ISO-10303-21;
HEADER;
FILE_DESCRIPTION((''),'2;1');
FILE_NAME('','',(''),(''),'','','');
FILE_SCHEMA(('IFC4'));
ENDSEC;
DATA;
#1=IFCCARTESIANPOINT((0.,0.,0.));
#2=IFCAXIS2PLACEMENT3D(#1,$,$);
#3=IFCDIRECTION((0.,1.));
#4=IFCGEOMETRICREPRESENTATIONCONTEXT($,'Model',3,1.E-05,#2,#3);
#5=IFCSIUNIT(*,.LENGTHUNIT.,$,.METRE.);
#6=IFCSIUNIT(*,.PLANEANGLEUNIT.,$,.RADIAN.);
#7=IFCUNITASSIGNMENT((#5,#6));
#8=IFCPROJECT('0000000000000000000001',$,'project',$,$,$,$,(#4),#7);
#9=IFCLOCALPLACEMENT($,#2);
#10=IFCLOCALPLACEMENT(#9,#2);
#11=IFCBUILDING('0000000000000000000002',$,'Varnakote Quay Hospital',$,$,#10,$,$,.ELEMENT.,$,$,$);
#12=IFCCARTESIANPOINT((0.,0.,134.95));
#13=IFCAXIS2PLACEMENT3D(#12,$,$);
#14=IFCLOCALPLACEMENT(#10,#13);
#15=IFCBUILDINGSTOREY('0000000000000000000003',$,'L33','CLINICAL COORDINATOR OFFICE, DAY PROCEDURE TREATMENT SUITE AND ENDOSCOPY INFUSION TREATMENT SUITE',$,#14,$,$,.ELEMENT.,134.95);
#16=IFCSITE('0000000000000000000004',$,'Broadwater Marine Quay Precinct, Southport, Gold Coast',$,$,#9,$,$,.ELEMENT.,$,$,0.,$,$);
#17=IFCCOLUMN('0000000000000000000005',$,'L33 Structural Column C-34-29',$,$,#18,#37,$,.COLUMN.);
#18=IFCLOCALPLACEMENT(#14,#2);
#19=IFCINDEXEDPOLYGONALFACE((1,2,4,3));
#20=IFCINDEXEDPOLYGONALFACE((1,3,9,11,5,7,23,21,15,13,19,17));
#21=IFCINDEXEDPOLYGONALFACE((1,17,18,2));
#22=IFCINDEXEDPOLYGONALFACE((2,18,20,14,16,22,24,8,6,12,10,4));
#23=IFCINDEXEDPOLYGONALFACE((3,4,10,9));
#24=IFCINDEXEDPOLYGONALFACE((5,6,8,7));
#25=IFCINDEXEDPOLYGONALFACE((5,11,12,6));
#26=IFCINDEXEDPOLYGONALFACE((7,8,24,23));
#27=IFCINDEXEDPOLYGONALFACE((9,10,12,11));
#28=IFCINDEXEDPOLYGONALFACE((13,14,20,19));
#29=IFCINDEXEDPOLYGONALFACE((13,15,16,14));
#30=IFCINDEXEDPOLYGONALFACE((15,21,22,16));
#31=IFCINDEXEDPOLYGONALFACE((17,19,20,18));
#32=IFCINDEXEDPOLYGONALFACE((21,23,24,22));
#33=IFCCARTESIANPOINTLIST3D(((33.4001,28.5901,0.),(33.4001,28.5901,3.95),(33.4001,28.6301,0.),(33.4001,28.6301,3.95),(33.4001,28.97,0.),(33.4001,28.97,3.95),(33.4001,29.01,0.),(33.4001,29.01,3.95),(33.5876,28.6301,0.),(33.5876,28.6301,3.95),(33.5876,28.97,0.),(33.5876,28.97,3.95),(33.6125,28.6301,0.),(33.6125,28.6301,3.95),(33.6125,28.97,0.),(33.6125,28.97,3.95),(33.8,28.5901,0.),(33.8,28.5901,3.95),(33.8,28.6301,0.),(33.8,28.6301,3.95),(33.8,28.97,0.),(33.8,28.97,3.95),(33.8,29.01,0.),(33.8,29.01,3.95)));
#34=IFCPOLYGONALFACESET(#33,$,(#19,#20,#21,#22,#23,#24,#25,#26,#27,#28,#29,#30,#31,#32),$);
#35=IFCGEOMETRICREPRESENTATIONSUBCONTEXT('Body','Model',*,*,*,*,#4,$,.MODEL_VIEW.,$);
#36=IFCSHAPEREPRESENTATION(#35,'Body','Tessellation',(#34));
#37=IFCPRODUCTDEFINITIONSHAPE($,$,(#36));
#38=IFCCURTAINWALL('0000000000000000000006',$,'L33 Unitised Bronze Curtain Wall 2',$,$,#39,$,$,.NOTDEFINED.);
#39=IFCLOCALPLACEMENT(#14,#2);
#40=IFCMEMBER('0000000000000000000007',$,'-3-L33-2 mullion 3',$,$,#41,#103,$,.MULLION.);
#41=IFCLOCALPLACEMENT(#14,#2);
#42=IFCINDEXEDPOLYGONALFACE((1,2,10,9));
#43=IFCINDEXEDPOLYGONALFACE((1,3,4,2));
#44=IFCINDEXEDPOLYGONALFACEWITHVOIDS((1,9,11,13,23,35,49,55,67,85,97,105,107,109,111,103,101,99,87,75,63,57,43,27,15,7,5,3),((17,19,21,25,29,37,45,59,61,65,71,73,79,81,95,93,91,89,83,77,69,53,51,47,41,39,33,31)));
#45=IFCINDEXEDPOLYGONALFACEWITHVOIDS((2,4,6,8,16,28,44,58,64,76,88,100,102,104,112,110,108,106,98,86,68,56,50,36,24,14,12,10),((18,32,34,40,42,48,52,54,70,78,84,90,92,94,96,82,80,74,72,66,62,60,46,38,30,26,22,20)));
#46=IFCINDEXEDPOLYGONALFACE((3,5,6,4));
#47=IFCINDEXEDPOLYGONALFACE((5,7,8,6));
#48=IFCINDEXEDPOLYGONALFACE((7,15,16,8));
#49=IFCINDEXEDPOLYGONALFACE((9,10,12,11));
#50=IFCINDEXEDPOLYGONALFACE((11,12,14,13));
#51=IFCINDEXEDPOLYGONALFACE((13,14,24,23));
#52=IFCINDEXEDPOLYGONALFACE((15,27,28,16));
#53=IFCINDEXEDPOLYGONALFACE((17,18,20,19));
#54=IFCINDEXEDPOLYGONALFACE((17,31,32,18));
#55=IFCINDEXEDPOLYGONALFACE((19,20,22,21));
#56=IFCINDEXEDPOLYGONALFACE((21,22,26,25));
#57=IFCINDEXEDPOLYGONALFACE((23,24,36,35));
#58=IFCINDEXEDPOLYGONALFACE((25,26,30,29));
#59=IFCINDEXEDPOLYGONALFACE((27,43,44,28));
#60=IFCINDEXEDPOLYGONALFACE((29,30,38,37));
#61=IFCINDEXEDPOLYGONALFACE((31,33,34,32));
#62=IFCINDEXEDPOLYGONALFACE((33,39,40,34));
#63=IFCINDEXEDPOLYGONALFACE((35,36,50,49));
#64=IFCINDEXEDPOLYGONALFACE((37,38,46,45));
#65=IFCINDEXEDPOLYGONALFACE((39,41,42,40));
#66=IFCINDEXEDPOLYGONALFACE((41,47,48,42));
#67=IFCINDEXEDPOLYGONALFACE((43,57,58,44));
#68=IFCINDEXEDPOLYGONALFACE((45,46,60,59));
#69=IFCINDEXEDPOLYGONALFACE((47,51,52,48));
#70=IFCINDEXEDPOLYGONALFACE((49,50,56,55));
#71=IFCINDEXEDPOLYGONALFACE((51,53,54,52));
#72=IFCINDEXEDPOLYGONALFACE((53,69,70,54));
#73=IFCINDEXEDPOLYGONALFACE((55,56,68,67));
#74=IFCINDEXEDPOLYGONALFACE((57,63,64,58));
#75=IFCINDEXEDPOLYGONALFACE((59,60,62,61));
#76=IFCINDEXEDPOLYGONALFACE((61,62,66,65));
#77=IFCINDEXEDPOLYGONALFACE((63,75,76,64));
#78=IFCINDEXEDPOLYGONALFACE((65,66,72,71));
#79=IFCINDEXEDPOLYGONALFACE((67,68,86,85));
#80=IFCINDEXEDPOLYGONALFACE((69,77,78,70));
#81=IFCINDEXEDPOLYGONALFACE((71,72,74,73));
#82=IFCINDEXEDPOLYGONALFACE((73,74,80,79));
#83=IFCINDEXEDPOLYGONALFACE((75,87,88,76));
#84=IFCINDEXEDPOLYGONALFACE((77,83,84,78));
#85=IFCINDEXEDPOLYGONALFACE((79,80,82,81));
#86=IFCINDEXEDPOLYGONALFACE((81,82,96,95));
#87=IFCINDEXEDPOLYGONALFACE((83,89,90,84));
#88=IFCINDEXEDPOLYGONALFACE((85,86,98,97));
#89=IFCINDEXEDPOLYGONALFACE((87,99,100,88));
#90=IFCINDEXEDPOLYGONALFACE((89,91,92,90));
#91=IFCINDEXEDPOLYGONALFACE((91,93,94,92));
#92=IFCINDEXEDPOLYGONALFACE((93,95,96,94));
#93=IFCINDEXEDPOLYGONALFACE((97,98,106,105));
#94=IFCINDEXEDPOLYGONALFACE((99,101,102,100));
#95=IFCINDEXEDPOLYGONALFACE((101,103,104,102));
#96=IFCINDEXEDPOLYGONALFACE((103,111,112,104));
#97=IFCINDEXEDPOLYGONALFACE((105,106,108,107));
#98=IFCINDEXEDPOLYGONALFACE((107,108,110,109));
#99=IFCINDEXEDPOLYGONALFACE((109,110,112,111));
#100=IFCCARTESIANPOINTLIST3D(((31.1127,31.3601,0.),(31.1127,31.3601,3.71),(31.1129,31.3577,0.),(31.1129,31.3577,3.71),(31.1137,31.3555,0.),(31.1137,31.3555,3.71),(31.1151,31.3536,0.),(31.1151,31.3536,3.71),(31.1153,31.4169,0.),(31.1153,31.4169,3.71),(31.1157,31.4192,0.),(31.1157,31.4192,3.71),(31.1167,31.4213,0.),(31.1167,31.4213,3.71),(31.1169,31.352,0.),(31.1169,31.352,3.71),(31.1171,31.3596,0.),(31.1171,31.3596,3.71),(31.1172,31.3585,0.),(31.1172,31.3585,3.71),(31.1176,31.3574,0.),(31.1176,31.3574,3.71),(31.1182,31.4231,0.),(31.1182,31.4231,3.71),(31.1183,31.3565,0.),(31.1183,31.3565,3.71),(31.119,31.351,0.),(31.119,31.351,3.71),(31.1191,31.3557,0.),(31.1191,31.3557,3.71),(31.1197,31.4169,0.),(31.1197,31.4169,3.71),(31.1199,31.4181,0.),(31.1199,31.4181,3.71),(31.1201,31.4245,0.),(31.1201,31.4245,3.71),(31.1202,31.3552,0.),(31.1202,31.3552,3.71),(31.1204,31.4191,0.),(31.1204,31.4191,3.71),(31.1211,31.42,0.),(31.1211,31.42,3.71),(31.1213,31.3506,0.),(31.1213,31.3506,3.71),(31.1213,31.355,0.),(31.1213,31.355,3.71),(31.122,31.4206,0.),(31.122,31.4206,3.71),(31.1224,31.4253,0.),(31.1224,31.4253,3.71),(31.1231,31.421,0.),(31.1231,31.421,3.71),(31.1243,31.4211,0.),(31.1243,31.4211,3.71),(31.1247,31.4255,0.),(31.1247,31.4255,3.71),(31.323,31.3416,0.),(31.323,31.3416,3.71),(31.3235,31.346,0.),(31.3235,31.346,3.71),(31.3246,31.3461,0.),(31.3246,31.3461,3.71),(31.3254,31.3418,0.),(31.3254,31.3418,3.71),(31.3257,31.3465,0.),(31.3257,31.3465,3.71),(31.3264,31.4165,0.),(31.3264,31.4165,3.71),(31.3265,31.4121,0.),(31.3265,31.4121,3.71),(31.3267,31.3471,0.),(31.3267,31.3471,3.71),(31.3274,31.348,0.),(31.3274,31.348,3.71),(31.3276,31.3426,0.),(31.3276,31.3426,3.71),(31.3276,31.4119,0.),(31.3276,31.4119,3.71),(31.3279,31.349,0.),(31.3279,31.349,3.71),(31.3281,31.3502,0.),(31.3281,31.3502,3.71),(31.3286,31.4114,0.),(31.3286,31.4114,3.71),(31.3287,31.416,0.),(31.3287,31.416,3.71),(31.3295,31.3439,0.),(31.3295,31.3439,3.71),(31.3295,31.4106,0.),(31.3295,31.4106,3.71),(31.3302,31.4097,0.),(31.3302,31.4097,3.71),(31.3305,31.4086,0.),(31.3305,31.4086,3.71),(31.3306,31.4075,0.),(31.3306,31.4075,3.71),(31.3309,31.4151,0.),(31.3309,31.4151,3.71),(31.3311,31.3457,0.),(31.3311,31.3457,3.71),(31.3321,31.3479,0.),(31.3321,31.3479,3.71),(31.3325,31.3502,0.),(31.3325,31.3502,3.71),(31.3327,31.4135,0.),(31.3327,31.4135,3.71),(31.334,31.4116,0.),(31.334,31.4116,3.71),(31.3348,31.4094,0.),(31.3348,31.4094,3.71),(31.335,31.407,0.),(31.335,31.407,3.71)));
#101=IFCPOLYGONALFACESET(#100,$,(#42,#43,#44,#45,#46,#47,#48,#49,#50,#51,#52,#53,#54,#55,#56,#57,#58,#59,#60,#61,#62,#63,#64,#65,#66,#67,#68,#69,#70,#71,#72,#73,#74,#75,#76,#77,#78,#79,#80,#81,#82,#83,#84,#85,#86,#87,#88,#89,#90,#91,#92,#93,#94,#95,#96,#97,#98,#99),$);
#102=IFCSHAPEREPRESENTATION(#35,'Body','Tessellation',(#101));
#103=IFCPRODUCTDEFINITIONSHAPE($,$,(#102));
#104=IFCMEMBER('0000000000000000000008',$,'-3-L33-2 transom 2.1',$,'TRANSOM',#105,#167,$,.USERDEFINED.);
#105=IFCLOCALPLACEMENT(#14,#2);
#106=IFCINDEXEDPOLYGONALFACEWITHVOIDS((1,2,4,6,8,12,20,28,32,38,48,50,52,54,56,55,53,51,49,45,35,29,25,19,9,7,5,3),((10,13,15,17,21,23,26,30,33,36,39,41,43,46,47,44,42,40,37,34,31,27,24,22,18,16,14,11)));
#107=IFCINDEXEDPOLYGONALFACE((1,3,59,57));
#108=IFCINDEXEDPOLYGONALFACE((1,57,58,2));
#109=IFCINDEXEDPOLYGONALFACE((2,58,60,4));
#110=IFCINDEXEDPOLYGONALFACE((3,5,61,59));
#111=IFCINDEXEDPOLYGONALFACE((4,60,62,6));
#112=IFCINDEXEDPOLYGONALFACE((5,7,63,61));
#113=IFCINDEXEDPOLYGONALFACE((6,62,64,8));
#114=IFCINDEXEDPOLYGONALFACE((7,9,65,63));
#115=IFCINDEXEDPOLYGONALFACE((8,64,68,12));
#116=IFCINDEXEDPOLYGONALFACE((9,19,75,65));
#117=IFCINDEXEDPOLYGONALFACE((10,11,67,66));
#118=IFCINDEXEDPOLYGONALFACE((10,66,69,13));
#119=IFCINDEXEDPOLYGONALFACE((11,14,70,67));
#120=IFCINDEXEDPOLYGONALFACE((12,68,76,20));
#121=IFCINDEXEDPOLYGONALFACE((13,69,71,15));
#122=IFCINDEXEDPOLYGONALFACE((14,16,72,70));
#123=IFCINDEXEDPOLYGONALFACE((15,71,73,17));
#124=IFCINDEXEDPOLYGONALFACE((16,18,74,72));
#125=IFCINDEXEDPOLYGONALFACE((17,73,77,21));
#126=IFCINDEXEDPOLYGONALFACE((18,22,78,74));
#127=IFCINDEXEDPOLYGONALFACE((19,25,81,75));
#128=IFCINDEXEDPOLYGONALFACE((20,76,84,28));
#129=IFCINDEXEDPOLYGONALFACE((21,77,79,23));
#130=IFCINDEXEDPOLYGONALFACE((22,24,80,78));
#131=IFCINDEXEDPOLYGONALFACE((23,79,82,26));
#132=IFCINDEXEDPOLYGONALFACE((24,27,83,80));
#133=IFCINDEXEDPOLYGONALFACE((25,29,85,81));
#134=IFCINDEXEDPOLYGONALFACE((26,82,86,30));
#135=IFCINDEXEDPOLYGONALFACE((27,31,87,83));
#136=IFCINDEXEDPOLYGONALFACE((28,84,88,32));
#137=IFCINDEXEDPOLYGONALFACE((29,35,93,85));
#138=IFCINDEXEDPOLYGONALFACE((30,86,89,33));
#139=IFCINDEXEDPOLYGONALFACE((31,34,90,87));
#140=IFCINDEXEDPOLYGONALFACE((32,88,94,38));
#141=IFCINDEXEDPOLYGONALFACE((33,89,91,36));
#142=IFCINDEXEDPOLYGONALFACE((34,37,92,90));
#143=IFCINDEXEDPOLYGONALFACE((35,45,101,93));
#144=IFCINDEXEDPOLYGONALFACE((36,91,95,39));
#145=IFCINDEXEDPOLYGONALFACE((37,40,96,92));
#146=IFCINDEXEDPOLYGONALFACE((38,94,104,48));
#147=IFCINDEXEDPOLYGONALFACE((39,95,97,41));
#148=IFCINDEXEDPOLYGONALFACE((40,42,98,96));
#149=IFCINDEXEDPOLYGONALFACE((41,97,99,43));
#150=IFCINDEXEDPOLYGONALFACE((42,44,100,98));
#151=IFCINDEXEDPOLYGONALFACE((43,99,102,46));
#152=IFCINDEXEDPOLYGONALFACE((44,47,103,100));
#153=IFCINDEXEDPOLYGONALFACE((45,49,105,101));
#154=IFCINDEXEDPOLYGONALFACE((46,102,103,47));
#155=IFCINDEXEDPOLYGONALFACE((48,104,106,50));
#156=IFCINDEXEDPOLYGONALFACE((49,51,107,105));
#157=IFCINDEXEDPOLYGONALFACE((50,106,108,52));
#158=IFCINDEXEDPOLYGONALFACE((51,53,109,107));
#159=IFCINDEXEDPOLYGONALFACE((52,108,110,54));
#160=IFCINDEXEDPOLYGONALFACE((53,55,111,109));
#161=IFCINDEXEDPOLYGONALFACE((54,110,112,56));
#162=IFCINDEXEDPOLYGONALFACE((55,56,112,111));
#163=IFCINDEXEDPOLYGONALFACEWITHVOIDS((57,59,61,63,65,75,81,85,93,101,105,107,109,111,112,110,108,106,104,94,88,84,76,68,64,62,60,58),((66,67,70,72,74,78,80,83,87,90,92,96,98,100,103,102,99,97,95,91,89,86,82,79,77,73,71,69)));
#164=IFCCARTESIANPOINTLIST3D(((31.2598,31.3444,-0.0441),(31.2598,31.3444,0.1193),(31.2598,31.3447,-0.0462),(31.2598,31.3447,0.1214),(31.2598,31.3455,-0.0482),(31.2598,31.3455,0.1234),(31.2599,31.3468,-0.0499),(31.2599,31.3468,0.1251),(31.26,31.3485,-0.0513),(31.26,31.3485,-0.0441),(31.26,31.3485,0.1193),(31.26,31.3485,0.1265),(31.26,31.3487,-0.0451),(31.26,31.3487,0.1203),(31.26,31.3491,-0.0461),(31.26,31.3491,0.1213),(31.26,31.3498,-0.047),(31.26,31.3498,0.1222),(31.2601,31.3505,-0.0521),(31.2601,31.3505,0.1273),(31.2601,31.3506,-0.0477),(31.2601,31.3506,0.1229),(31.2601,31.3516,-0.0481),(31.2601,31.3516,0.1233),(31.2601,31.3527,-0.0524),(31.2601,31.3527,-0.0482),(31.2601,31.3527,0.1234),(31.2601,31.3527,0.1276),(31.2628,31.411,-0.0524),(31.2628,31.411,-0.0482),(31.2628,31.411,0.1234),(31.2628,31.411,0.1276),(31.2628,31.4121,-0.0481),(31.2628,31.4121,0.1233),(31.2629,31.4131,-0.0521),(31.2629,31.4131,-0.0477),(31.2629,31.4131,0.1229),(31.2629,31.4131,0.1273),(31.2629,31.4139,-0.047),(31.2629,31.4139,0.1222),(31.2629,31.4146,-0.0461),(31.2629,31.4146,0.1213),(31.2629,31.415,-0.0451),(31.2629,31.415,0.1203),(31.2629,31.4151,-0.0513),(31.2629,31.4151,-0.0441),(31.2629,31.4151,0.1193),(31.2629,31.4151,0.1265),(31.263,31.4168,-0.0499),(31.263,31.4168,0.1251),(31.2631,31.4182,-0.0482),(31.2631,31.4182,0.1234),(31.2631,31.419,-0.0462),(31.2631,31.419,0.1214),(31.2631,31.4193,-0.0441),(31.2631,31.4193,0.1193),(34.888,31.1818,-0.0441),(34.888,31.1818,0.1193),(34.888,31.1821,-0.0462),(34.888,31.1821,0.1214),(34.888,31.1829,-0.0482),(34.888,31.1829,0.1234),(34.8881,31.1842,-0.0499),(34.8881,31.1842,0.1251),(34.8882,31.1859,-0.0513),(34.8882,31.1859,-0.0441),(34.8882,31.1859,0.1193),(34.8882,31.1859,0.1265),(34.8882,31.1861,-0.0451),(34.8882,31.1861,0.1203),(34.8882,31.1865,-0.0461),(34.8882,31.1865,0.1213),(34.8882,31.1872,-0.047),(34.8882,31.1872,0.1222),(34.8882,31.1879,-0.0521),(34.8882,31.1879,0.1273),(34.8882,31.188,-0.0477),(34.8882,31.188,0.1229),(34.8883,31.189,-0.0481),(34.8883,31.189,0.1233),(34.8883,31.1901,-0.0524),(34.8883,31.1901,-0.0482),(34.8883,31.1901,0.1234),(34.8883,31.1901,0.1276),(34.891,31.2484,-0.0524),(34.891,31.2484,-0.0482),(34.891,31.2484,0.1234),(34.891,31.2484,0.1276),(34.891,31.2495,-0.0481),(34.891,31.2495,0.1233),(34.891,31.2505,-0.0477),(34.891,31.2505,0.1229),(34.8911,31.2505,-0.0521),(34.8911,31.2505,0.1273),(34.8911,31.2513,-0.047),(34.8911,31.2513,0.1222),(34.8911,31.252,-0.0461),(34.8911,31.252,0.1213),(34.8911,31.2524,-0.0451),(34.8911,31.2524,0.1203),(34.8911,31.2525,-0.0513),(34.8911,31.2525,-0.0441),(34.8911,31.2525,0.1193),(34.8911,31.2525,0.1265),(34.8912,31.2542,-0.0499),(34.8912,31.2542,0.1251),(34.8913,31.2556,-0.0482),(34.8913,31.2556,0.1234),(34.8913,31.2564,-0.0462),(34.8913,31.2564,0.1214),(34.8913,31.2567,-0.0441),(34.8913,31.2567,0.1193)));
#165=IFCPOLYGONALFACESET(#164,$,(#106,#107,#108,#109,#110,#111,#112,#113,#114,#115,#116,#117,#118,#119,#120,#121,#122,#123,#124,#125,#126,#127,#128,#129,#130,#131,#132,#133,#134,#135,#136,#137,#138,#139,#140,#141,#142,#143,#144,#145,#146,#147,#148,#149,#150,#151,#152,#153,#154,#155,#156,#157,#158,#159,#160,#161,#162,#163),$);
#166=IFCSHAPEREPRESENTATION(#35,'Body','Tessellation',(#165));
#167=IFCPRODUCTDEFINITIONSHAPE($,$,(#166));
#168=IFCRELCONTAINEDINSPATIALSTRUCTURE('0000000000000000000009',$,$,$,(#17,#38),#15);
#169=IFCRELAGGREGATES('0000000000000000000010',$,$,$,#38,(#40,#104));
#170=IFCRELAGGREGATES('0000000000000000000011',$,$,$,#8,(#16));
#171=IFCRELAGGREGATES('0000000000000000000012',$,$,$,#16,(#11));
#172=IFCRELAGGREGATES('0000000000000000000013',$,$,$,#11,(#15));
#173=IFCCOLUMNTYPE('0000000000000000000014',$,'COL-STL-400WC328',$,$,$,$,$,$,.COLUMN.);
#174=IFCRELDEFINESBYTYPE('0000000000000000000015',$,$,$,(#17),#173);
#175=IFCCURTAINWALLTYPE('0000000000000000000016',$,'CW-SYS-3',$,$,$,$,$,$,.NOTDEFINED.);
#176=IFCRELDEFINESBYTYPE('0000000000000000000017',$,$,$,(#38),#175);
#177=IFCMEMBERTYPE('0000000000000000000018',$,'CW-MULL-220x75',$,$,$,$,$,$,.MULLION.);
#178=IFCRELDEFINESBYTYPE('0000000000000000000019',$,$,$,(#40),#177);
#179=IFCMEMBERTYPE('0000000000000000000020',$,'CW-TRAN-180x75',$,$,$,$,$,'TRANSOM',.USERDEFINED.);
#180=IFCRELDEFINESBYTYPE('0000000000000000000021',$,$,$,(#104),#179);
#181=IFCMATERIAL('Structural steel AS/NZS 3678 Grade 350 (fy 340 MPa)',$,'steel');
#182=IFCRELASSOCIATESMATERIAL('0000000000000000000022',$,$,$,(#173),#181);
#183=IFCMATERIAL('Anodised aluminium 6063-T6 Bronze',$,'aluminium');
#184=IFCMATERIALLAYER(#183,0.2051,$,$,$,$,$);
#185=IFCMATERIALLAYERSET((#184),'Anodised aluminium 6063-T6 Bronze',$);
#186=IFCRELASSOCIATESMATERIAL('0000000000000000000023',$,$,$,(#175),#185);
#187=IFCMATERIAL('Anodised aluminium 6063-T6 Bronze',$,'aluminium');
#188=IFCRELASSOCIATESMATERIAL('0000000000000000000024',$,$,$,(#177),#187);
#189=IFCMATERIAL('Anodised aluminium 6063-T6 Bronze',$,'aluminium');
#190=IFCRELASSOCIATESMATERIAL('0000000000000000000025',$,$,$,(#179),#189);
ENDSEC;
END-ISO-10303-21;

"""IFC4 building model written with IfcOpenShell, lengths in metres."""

from ifc_helpers import new_model, si_unit, direction, frame, origin, origin_2d, place, context, subcontext, project, spatial, hollow_rectangle, i_section, extrude, material, layer, layer_set, material_profile, profile_set, type_object, element, aggregate, save


model = new_model("IFC4")

# Units and contexts
model_context = context("Model", 3, precision=1e-05, world=origin(), true_north=direction((0.0, 1.0)))
body_context = subcontext(model_context, "Body", "Model", "MODEL_VIEW")
ifc_project = project(units=[si_unit("LENGTHUNIT", "METRE"), si_unit("PLANEANGLEUNIT", "RADIAN")], contexts=[model_context])

# Site, building, storey
site_placement = place(None, origin())
site = spatial("IfcSite", under=ifc_project, at=site_placement, Name="Broadwater Marine Quay Precinct, Southport, Gold Coast", CompositionType="ELEMENT", RefElevation=0.0)
building_placement = place(site_placement, origin())
building = spatial("IfcBuilding", under=site, at=building_placement, Name="Varnakote Quay Hospital", CompositionType="ELEMENT")
storey_placement = place(building_placement, frame((0.0, 0.0, 134.95)))
storey = spatial("IfcBuildingStorey", under=building, at=storey_placement, Name="L33", Description="CLINICAL COORDINATOR OFFICE, DAY PROCEDURE TREATMENT SUITE AND ENDOSCOPY INFUSION TREATMENT SUITE", CompositionType="ELEMENT", Elevation=134.95)

# Column
ifc_material_1 = material(Name="Structural steel AS/NZS 3678 Grade 350 (fy 340 MPa)", Category="steel")
ifc_material_profile_1 = material_profile(ifc_material_1, i_section(OverallWidth=0.3999, OverallDepth=0.4199, WebThickness=0.0249, FlangeThickness=0.04, at=origin_2d()), Name="400WC328")
ifc_profile_set_1 = profile_set([ifc_material_profile_1], Name="Structural steel AS/NZS 3678 Grade 350 (fy 340 MPa)")
column_type = type_object("IfcColumnType", Name="COL-STL-400WC328", PredefinedType="COLUMN", material=ifc_profile_set_1)
column_placement = place(storey_placement, frame((33.6001, 28.8, 0.0), z_axis=(0.0, 0.0, 1.0), x_axis=(1.0, 0.0, 0.0)))
element("IfcColumn", 1, at=column_placement, inside=storey, type_object=column_type, Name="L33 Structural Column C-34-29", PredefinedType="COLUMN", context=body_context, shape_type="SweptSolid", body=[
    extrude(i_section(OverallWidth=0.3999, OverallDepth=0.4199, WebThickness=0.0249, FlangeThickness=0.04, at=origin_2d()), origin(), (0.0, 0.0, 1.0), 3.95),
])

# Curtain wall, members
ifc_material_2 = material(Name="Anodised aluminium 6063-T6 Bronze", Category="aluminium")
ifc_layer_1 = layer(ifc_material_2, 0.2051)
ifc_layer_set_1 = layer_set([ifc_layer_1], Name="Anodised aluminium 6063-T6 Bronze")
curtain_wall_type = type_object("IfcCurtainWallType", Name="CW-SYS-3", PredefinedType="NOTDEFINED", material=ifc_layer_set_1)
curtain_wall_placement = place(storey_placement, origin())
curtain_wall = element("IfcCurtainWall", 2, at=curtain_wall_placement, inside=storey, type_object=curtain_wall_type, Name="L33 Unitised Bronze Curtain Wall 2", PredefinedType="NOTDEFINED")
ifc_material_3 = material(Name="Anodised aluminium 6063-T6 Bronze", Category="aluminium")
ifc_material_profile_2 = material_profile(ifc_material_3, hollow_rectangle(XDim=0.075, YDim=0.22, WallThickness=0.0044, InnerFilletRadius=0.0044, OuterFilletRadius=0.009, at=origin_2d()), Name="CW-MULL-220x75")
ifc_profile_set_2 = profile_set([ifc_material_profile_2], Name="Anodised aluminium 6063-T6 Bronze")
member_type_1 = type_object("IfcMemberType", Name="CW-MULL-220x75", PredefinedType="MULLION", material=ifc_profile_set_2)
member_1_placement = place(storey_placement, frame((31.2239, 31.3835, 0.0), z_axis=(0.0, 0.0, 1.0), x_axis=(-0.044782, -0.998997, 0.0)))
member_1 = element("IfcMember", 3, at=member_1_placement, type_object=member_type_1, Name="-3-L33-2 mullion 3", PredefinedType="MULLION", context=body_context, shape_type="SweptSolid", body=[
    extrude(hollow_rectangle(XDim=0.075, YDim=0.22, WallThickness=0.0044, InnerFilletRadius=0.0044, OuterFilletRadius=0.009, at=origin_2d()), origin(), (0.0, 0.0, 1.0), 3.71),
])
ifc_material_4 = material(Name="Anodised aluminium 6063-T6 Bronze", Category="aluminium")
ifc_material_profile_3 = material_profile(ifc_material_4, hollow_rectangle(XDim=0.075, YDim=0.1799, WallThickness=0.0042, InnerFilletRadius=0.0042, OuterFilletRadius=0.0083, at=origin_2d()), Name="CW-TRAN-180x75")
ifc_profile_set_3 = profile_set([ifc_material_profile_3], Name="Anodised aluminium 6063-T6 Bronze")
member_type_2 = type_object("IfcMemberType", Name="CW-TRAN-180x75", ElementType="TRANSOM", PredefinedType="USERDEFINED", material=ifc_profile_set_3)
member_2_placement = place(storey_placement, frame((34.8896, 31.2192, 0.0376), z_axis=(-0.998997, 0.04477, 0.0), x_axis=(-0.04477, -0.998997, 0.0)))
member_2 = element("IfcMember", 4, at=member_2_placement, type_object=member_type_2, Name="-3-L33-2 transom 2.1", ObjectType="TRANSOM", PredefinedType="USERDEFINED", context=body_context, shape_type="SweptSolid", body=[
    extrude(hollow_rectangle(XDim=0.075, YDim=0.1799, WallThickness=0.0042, InnerFilletRadius=0.0042, OuterFilletRadius=0.0083, at=origin_2d()), origin(), (0.0, 0.0, 1.0), 3.6318),
])

aggregate(curtain_wall, [member_1, member_2])

save(model, "model.ifc")
